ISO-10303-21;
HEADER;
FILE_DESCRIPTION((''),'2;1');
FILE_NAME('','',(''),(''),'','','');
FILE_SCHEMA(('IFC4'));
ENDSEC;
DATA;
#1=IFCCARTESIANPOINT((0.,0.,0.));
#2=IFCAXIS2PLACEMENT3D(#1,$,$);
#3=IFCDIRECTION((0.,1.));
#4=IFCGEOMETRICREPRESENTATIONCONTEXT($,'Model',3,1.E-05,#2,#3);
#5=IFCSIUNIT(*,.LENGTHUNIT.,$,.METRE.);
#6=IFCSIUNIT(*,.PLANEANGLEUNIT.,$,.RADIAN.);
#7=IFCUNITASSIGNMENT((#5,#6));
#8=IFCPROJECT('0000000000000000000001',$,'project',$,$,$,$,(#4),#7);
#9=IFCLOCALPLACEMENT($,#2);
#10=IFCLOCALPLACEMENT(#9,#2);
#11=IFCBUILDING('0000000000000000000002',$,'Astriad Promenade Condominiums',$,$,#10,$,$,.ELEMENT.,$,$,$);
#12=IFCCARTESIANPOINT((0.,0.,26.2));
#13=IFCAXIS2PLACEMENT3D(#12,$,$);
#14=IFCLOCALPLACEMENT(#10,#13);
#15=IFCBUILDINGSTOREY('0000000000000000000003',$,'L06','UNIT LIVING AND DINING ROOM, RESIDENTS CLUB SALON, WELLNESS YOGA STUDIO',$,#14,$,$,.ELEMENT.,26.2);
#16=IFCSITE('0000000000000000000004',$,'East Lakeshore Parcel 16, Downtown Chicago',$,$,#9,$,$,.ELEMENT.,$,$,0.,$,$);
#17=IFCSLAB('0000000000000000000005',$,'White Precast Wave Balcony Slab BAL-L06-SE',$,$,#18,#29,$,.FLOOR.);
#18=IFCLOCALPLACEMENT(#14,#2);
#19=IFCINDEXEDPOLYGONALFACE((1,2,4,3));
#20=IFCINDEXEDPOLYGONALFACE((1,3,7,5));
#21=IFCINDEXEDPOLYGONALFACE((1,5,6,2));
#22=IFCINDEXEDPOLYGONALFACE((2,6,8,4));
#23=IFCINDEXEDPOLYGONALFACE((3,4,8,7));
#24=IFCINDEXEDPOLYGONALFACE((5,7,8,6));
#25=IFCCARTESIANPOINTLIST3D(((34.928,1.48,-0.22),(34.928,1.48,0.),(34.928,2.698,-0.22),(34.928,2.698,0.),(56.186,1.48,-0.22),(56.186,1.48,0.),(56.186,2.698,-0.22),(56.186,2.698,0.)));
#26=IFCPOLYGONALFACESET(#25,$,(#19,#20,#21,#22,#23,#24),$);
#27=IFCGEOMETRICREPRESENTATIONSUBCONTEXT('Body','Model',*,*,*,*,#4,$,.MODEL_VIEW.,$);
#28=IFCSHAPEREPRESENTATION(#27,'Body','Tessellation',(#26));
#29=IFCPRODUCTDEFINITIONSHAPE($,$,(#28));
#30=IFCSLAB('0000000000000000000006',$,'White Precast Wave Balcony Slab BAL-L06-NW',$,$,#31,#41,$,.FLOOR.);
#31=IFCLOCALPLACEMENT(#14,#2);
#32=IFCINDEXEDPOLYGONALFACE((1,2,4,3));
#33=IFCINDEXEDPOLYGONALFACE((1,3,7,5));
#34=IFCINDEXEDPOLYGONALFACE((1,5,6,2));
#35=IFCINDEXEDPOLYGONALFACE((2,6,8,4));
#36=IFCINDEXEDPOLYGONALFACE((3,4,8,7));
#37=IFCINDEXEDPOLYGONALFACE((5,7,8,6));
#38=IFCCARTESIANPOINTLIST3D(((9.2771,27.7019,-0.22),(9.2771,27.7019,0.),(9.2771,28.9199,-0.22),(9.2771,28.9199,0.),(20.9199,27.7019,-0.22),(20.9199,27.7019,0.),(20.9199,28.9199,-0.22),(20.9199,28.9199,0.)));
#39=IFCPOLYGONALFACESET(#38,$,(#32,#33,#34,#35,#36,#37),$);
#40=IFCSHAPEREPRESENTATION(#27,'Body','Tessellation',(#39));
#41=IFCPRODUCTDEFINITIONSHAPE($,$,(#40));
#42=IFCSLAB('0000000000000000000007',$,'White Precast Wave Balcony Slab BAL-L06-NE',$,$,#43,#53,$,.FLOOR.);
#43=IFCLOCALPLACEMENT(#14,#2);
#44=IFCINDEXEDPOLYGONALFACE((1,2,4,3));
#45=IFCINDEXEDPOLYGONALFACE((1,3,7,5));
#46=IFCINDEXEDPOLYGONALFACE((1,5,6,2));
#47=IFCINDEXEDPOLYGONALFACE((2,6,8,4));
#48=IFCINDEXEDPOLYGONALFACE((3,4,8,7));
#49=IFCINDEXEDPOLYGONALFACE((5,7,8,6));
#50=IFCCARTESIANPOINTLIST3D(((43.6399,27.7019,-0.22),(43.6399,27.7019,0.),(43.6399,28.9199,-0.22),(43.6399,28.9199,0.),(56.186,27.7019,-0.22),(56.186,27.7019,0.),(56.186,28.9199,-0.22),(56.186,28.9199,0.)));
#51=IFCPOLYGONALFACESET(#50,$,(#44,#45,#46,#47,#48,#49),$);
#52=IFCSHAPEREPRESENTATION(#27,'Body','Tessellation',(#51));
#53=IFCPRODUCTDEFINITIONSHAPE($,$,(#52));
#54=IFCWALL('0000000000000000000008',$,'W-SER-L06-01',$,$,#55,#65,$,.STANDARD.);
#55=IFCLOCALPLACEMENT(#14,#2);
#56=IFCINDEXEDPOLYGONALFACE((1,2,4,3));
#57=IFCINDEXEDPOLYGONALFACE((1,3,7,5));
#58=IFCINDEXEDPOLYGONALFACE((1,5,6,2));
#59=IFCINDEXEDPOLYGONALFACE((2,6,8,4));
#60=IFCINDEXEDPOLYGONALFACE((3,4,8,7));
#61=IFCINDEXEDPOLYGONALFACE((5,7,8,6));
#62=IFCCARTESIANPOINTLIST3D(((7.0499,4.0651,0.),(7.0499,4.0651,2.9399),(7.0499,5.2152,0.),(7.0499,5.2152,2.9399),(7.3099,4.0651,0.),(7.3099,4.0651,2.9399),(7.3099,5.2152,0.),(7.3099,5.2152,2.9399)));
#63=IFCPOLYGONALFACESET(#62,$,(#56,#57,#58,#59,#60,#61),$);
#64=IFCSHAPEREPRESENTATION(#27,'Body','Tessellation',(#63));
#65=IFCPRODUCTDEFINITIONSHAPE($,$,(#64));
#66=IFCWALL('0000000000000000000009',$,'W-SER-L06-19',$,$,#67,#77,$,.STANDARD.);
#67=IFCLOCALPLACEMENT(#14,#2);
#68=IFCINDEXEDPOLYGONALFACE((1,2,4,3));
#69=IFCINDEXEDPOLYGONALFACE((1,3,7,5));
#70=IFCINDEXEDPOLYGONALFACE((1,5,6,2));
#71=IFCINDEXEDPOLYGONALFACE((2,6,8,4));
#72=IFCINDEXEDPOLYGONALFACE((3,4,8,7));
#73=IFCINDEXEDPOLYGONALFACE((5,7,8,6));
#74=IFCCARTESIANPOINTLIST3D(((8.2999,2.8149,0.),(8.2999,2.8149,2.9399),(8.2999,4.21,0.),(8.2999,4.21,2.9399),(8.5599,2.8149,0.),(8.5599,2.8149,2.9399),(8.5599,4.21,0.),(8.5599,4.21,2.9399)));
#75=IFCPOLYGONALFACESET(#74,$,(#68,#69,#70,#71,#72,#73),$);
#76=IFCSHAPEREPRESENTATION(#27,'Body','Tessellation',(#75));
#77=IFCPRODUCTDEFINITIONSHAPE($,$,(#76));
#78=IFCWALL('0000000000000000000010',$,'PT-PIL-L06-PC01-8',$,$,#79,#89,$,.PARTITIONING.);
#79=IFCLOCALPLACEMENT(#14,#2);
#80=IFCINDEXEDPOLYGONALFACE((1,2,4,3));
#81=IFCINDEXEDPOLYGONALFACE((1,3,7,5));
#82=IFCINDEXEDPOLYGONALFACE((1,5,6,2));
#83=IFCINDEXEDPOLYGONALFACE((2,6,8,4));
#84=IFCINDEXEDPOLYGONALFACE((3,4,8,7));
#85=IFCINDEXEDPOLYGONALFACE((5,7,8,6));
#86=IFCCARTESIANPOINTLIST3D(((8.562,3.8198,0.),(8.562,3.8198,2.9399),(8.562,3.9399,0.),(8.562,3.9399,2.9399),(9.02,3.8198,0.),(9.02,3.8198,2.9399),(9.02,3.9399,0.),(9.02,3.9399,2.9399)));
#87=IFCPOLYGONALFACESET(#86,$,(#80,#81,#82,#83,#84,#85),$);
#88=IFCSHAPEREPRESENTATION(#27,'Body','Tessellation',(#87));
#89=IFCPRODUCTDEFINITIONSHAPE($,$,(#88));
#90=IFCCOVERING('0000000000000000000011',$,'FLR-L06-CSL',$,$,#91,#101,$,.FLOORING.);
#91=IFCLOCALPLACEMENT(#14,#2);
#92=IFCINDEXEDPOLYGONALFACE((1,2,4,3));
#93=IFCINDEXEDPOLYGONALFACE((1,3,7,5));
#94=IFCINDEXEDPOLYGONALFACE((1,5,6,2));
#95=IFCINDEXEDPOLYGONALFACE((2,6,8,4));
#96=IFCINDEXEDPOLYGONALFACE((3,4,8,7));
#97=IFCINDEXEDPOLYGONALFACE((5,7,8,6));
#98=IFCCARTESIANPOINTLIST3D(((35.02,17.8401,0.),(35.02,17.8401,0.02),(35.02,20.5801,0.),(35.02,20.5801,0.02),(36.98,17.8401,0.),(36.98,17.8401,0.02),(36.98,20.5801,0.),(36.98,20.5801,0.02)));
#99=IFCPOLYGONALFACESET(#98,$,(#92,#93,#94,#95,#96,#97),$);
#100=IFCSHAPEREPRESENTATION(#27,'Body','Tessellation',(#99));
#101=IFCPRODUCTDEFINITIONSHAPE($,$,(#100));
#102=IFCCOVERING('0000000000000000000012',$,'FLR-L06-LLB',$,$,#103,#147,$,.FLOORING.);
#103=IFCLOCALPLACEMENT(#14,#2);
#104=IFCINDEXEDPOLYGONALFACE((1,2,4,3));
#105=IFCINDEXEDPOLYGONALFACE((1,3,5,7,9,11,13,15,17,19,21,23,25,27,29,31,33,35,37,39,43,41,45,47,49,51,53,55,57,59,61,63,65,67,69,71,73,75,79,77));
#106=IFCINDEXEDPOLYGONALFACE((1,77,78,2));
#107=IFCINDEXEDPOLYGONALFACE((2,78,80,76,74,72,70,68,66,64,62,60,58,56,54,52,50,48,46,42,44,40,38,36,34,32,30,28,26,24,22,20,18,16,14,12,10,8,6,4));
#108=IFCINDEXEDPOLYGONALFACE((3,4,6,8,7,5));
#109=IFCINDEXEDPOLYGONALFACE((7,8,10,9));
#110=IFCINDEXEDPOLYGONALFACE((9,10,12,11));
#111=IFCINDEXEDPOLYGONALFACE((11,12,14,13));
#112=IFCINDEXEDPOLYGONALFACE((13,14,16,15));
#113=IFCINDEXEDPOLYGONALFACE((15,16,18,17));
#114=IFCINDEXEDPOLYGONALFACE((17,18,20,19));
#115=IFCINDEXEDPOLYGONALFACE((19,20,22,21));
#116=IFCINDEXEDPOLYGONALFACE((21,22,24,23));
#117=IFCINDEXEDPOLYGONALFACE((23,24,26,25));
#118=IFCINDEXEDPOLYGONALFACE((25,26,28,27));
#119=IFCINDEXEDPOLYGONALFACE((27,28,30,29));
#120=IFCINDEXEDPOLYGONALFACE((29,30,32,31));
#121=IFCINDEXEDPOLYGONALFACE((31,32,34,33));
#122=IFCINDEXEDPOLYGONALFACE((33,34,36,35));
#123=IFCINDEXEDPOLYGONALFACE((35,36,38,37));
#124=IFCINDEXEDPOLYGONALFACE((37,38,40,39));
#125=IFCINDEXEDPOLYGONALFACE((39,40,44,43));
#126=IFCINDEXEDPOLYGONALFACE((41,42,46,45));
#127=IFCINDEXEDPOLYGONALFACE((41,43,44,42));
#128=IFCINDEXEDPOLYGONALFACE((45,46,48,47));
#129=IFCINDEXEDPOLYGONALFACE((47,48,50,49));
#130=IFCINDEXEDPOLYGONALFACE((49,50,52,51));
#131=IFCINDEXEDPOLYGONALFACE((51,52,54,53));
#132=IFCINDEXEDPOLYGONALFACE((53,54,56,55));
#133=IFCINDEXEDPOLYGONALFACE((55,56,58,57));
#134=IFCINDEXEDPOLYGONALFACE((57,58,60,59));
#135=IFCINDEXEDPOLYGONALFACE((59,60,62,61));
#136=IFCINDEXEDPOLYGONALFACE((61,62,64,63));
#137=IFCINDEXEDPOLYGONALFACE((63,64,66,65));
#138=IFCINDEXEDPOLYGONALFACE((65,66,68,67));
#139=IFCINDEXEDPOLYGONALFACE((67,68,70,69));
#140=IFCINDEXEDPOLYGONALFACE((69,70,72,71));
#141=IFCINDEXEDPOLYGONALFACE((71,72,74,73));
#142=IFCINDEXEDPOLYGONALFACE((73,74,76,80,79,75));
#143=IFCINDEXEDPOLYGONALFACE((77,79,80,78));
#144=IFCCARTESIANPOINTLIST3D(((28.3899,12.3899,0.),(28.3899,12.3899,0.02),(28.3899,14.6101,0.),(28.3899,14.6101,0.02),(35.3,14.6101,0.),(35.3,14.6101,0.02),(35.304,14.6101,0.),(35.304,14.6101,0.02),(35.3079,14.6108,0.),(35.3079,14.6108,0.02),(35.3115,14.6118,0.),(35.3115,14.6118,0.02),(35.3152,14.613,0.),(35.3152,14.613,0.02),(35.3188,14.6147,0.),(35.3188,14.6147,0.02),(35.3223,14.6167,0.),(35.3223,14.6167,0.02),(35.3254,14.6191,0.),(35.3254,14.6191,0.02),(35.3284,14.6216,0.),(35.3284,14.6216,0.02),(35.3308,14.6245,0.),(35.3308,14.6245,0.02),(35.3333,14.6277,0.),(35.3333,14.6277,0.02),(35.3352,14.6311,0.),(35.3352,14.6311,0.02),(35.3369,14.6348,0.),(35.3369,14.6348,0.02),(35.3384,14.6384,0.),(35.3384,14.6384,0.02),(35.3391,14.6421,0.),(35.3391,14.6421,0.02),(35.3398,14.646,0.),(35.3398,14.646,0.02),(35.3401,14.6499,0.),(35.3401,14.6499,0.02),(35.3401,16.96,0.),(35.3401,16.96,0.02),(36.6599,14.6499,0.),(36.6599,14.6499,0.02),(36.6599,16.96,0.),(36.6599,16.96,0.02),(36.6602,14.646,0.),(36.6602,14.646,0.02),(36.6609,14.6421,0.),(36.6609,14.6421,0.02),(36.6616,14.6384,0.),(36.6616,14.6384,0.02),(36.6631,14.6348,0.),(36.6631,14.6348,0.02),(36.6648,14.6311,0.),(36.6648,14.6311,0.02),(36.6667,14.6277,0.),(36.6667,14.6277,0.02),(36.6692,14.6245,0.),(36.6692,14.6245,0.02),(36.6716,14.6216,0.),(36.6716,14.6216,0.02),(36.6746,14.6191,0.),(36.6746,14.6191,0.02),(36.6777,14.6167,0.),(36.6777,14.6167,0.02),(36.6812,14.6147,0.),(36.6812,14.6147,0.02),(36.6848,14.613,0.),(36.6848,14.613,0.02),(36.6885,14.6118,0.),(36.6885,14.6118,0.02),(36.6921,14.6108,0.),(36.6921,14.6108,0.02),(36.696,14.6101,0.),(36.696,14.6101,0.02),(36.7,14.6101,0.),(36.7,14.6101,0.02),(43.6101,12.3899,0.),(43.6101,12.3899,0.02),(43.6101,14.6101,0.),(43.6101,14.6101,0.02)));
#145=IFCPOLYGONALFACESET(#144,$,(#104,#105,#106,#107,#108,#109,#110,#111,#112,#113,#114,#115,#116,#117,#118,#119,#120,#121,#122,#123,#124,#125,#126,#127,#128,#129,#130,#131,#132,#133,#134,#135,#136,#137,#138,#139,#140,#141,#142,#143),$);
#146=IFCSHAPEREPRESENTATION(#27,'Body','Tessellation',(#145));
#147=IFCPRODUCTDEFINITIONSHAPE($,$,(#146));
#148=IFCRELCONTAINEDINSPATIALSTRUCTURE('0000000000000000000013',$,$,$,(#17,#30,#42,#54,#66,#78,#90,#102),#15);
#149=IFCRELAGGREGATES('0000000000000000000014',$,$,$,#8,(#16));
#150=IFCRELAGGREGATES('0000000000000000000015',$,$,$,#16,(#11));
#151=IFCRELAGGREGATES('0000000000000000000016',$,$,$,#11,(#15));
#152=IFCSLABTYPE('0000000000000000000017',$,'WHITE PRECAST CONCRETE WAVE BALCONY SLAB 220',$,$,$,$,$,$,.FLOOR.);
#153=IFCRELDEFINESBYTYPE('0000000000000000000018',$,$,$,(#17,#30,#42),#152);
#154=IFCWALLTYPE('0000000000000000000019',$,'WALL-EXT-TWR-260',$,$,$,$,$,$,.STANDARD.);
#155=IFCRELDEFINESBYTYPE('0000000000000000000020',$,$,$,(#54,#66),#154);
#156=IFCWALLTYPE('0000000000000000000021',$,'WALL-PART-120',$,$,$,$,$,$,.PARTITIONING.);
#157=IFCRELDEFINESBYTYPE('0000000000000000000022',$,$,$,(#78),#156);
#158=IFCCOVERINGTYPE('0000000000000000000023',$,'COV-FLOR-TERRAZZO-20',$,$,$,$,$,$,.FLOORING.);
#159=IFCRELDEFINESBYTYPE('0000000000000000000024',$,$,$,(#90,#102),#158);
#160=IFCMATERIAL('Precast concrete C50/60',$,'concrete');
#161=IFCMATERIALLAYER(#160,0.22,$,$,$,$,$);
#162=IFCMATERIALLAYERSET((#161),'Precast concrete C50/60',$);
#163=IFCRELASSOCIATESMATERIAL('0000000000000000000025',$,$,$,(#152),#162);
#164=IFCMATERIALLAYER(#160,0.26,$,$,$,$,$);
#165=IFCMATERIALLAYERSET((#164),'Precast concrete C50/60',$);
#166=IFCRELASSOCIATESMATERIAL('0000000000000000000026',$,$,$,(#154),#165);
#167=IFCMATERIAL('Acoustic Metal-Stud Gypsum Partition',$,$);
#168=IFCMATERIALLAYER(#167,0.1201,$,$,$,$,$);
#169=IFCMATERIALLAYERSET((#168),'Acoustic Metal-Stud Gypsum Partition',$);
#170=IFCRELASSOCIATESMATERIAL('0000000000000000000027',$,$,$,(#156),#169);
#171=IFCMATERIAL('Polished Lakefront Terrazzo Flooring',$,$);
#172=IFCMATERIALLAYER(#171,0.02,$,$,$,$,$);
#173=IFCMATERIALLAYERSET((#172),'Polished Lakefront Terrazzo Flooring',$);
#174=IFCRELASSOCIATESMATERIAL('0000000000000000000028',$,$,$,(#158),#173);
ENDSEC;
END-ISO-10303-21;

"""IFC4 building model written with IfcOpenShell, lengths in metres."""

from ifc_helpers import new_model, si_unit, direction, frame, frame_2d, origin, place, context, subcontext, project, spatial, polyline, rectangle, outline, extrude, material, layer, layer_set, type_object, element, save


model = new_model("IFC4")

# Units and contexts
model_context = context("Model", 3, precision=1e-05, world=origin(), true_north=direction((0.0, 1.0)))
body_context = subcontext(model_context, "Body", "Model", "MODEL_VIEW")
ifc_project = project(units=[si_unit("LENGTHUNIT", "METRE"), si_unit("PLANEANGLEUNIT", "RADIAN")], contexts=[model_context])

# Site, building, storey
site_placement = place(None, origin())
site = spatial("IfcSite", under=ifc_project, at=site_placement, Name="East Lakeshore Parcel 16, Downtown Chicago", CompositionType="ELEMENT", RefElevation=0.0)
building_placement = place(site_placement, origin())
building = spatial("IfcBuilding", under=site, at=building_placement, Name="Astriad Promenade Condominiums", CompositionType="ELEMENT")
storey_placement = place(building_placement, frame((0.0, 0.0, 26.2)))
storey = spatial("IfcBuildingStorey", under=building, at=storey_placement, Name="L06", Description="UNIT LIVING AND DINING ROOM, RESIDENTS CLUB SALON, WELLNESS YOGA STUDIO", CompositionType="ELEMENT", Elevation=26.2)

# Slabs
ifc_material_1 = material(Name="Precast concrete C50/60", Category="concrete")
ifc_layer_1 = layer(ifc_material_1, 0.22)
ifc_layer_set_1 = layer_set([ifc_layer_1], Name="Precast concrete C50/60")
slab_type_1 = type_object("IfcSlabType", Name="WHITE PRECAST CONCRETE WAVE BALCONY SLAB 220", PredefinedType="FLOOR", material=ifc_layer_set_1)
slab_1_placement = place(storey_placement, frame((0.0, 0.0, -0.22)))
element("IfcSlab", 1, at=slab_1_placement, inside=storey, type_object=slab_type_1, Name="White Precast Wave Balcony Slab BAL-L06-SE", PredefinedType="FLOOR", context=body_context, shape_type="SweptSolid", body=[
    extrude(outline(polyline([(56.186, 1.48), (34.928, 1.48), (34.928, 2.698), (56.186, 2.698), (56.186, 1.48)])), origin(), (0.0, 0.0, 1.0), 0.22),
])
slab_2_placement = place(storey_placement, frame((0.0, 0.0, -0.22)))
element("IfcSlab", 2, at=slab_2_placement, inside=storey, type_object=slab_type_1, Name="White Precast Wave Balcony Slab BAL-L06-NW", PredefinedType="FLOOR", context=body_context, shape_type="SweptSolid", body=[
    extrude(outline(polyline([(9.2771, 28.9199), (20.9199, 28.9199), (20.9199, 27.7019), (9.2771, 27.7019), (9.2771, 28.9199)])), origin(), (0.0, 0.0, 1.0), 0.22),
])
slab_3_placement = place(storey_placement, frame((0.0, 0.0, -0.22)))
element("IfcSlab", 3, at=slab_3_placement, inside=storey, type_object=slab_type_1, Name="White Precast Wave Balcony Slab BAL-L06-NE", PredefinedType="FLOOR", context=body_context, shape_type="SweptSolid", body=[
    extrude(outline(polyline([(43.6399, 28.9199), (56.186, 28.9199), (56.186, 27.7019), (43.6399, 27.7019), (43.6399, 28.9199)])), origin(), (0.0, 0.0, 1.0), 0.22),
])

# Walls
ifc_layer_2 = layer(ifc_material_1, 0.26)
ifc_layer_set_2 = layer_set([ifc_layer_2], Name="Precast concrete C50/60")
wall_type_1 = type_object("IfcWallType", Name="WALL-EXT-TWR-260", PredefinedType="STANDARD", material=ifc_layer_set_2)
wall_1_placement = place(storey_placement, frame((7.1799, 4.0649, 0.0), z_axis=(0.0, 0.0, 1.0), x_axis=(0.0, 1.0, 0.0)))
element("IfcWall", 4, at=wall_1_placement, inside=storey, type_object=wall_type_1, Name="W-SER-L06-01", PredefinedType="STANDARD", context=body_context, shape_type="SweptSolid", body=[
    extrude(rectangle(XDim=1.1501, YDim=0.26, at=frame_2d((0.5752, 0.0))), origin(), (0.0, 0.0, 1.0), 2.9399),
])
wall_2_placement = place(storey_placement, frame((8.4299, 2.8149, 0.0), z_axis=(0.0, 0.0, 1.0), x_axis=(0.0, 1.0, 0.0)))
element("IfcWall", 5, at=wall_2_placement, inside=storey, type_object=wall_type_1, Name="W-SER-L06-19", PredefinedType="STANDARD", context=body_context, shape_type="SweptSolid", body=[
    extrude(rectangle(XDim=1.395, YDim=0.26, at=frame_2d((0.6975, 0.0))), origin(), (0.0, 0.0, 1.0), 2.9399),
])
ifc_material_2 = material(Name="Acoustic Metal-Stud Gypsum Partition")
ifc_layer_3 = layer(ifc_material_2, 0.1201)
ifc_layer_set_3 = layer_set([ifc_layer_3], Name="Acoustic Metal-Stud Gypsum Partition")
wall_type_2 = type_object("IfcWallType", Name="WALL-PART-120", PredefinedType="PARTITIONING", material=ifc_layer_set_3)
wall_3_placement = place(storey_placement, frame((9.02, 3.8799, 0.0), z_axis=(0.0, 0.0, 1.0), x_axis=(-1.0, 0.0, 0.0)))
element("IfcWall", 6, at=wall_3_placement, inside=storey, type_object=wall_type_2, Name="PT-PIL-L06-PC01-8", PredefinedType="PARTITIONING", context=body_context, shape_type="SweptSolid", body=[
    extrude(rectangle(XDim=0.458, YDim=0.1201, at=frame_2d((0.229, 0.0))), origin(), (0.0, 0.0, 1.0), 2.9399),
])

# Coverings
ifc_material_3 = material(Name="Polished Lakefront Terrazzo Flooring")
ifc_layer_4 = layer(ifc_material_3, 0.02)
ifc_layer_set_4 = layer_set([ifc_layer_4], Name="Polished Lakefront Terrazzo Flooring")
covering_type = type_object("IfcCoveringType", Name="COV-FLOR-TERRAZZO-20", PredefinedType="FLOORING", material=ifc_layer_set_4)
covering_1_placement = place(storey_placement, origin())
element("IfcCovering", 7, at=covering_1_placement, inside=storey, type_object=covering_type, Name="FLR-L06-CSL", PredefinedType="FLOORING", context=body_context, shape_type="SweptSolid", body=[
    extrude(outline(polyline([(36.98, 17.8401), (35.02, 17.8401), (35.02, 20.5801), (36.98, 20.5801), (36.98, 17.8401)])), origin(), (0.0, 0.0, 1.0), 0.02),
])
covering_2_placement = place(storey_placement, origin())
element("IfcCovering", 8, at=covering_2_placement, inside=storey, type_object=covering_type, Name="FLR-L06-LLB", PredefinedType="FLOORING", context=body_context, shape_type="SweptSolid", body=[
    extrude(outline(polyline([(43.6101, 14.6101), (43.6101, 12.3899), (28.3899, 12.3899), (28.3899, 14.6101), (35.3, 14.6101), (35.304, 14.6101), (35.3079, 14.6108), (35.3115, 14.6118), (35.3152, 14.613), (35.3188, 14.6147), (35.3223, 14.6167), (35.3254, 14.6191), (35.3284, 14.6216), (35.3308, 14.6245), (35.3333, 14.6277), (35.3352, 14.6311), (35.3369, 14.6348), (35.3384, 14.6384), (35.3391, 14.6421), (35.3398, 14.646), (35.3401, 14.6499), (35.3401, 16.96), (36.6599, 16.96), (36.6599, 14.6499), (36.6602, 14.646), (36.6609, 14.6421), (36.6616, 14.6384), (36.6631, 14.6348), (36.6648, 14.6311), (36.6667, 14.6277), (36.6692, 14.6245), (36.6716, 14.6216), (36.6746, 14.6191), (36.6777, 14.6167), (36.6812, 14.6147), (36.6848, 14.613), (36.6885, 14.6118), (36.6921, 14.6108), (36.696, 14.6101), (36.7, 14.6101), (43.6101, 14.6101)])), origin(), (0.0, 0.0, 1.0), 0.02),
])

save(model, "model.ifc")
